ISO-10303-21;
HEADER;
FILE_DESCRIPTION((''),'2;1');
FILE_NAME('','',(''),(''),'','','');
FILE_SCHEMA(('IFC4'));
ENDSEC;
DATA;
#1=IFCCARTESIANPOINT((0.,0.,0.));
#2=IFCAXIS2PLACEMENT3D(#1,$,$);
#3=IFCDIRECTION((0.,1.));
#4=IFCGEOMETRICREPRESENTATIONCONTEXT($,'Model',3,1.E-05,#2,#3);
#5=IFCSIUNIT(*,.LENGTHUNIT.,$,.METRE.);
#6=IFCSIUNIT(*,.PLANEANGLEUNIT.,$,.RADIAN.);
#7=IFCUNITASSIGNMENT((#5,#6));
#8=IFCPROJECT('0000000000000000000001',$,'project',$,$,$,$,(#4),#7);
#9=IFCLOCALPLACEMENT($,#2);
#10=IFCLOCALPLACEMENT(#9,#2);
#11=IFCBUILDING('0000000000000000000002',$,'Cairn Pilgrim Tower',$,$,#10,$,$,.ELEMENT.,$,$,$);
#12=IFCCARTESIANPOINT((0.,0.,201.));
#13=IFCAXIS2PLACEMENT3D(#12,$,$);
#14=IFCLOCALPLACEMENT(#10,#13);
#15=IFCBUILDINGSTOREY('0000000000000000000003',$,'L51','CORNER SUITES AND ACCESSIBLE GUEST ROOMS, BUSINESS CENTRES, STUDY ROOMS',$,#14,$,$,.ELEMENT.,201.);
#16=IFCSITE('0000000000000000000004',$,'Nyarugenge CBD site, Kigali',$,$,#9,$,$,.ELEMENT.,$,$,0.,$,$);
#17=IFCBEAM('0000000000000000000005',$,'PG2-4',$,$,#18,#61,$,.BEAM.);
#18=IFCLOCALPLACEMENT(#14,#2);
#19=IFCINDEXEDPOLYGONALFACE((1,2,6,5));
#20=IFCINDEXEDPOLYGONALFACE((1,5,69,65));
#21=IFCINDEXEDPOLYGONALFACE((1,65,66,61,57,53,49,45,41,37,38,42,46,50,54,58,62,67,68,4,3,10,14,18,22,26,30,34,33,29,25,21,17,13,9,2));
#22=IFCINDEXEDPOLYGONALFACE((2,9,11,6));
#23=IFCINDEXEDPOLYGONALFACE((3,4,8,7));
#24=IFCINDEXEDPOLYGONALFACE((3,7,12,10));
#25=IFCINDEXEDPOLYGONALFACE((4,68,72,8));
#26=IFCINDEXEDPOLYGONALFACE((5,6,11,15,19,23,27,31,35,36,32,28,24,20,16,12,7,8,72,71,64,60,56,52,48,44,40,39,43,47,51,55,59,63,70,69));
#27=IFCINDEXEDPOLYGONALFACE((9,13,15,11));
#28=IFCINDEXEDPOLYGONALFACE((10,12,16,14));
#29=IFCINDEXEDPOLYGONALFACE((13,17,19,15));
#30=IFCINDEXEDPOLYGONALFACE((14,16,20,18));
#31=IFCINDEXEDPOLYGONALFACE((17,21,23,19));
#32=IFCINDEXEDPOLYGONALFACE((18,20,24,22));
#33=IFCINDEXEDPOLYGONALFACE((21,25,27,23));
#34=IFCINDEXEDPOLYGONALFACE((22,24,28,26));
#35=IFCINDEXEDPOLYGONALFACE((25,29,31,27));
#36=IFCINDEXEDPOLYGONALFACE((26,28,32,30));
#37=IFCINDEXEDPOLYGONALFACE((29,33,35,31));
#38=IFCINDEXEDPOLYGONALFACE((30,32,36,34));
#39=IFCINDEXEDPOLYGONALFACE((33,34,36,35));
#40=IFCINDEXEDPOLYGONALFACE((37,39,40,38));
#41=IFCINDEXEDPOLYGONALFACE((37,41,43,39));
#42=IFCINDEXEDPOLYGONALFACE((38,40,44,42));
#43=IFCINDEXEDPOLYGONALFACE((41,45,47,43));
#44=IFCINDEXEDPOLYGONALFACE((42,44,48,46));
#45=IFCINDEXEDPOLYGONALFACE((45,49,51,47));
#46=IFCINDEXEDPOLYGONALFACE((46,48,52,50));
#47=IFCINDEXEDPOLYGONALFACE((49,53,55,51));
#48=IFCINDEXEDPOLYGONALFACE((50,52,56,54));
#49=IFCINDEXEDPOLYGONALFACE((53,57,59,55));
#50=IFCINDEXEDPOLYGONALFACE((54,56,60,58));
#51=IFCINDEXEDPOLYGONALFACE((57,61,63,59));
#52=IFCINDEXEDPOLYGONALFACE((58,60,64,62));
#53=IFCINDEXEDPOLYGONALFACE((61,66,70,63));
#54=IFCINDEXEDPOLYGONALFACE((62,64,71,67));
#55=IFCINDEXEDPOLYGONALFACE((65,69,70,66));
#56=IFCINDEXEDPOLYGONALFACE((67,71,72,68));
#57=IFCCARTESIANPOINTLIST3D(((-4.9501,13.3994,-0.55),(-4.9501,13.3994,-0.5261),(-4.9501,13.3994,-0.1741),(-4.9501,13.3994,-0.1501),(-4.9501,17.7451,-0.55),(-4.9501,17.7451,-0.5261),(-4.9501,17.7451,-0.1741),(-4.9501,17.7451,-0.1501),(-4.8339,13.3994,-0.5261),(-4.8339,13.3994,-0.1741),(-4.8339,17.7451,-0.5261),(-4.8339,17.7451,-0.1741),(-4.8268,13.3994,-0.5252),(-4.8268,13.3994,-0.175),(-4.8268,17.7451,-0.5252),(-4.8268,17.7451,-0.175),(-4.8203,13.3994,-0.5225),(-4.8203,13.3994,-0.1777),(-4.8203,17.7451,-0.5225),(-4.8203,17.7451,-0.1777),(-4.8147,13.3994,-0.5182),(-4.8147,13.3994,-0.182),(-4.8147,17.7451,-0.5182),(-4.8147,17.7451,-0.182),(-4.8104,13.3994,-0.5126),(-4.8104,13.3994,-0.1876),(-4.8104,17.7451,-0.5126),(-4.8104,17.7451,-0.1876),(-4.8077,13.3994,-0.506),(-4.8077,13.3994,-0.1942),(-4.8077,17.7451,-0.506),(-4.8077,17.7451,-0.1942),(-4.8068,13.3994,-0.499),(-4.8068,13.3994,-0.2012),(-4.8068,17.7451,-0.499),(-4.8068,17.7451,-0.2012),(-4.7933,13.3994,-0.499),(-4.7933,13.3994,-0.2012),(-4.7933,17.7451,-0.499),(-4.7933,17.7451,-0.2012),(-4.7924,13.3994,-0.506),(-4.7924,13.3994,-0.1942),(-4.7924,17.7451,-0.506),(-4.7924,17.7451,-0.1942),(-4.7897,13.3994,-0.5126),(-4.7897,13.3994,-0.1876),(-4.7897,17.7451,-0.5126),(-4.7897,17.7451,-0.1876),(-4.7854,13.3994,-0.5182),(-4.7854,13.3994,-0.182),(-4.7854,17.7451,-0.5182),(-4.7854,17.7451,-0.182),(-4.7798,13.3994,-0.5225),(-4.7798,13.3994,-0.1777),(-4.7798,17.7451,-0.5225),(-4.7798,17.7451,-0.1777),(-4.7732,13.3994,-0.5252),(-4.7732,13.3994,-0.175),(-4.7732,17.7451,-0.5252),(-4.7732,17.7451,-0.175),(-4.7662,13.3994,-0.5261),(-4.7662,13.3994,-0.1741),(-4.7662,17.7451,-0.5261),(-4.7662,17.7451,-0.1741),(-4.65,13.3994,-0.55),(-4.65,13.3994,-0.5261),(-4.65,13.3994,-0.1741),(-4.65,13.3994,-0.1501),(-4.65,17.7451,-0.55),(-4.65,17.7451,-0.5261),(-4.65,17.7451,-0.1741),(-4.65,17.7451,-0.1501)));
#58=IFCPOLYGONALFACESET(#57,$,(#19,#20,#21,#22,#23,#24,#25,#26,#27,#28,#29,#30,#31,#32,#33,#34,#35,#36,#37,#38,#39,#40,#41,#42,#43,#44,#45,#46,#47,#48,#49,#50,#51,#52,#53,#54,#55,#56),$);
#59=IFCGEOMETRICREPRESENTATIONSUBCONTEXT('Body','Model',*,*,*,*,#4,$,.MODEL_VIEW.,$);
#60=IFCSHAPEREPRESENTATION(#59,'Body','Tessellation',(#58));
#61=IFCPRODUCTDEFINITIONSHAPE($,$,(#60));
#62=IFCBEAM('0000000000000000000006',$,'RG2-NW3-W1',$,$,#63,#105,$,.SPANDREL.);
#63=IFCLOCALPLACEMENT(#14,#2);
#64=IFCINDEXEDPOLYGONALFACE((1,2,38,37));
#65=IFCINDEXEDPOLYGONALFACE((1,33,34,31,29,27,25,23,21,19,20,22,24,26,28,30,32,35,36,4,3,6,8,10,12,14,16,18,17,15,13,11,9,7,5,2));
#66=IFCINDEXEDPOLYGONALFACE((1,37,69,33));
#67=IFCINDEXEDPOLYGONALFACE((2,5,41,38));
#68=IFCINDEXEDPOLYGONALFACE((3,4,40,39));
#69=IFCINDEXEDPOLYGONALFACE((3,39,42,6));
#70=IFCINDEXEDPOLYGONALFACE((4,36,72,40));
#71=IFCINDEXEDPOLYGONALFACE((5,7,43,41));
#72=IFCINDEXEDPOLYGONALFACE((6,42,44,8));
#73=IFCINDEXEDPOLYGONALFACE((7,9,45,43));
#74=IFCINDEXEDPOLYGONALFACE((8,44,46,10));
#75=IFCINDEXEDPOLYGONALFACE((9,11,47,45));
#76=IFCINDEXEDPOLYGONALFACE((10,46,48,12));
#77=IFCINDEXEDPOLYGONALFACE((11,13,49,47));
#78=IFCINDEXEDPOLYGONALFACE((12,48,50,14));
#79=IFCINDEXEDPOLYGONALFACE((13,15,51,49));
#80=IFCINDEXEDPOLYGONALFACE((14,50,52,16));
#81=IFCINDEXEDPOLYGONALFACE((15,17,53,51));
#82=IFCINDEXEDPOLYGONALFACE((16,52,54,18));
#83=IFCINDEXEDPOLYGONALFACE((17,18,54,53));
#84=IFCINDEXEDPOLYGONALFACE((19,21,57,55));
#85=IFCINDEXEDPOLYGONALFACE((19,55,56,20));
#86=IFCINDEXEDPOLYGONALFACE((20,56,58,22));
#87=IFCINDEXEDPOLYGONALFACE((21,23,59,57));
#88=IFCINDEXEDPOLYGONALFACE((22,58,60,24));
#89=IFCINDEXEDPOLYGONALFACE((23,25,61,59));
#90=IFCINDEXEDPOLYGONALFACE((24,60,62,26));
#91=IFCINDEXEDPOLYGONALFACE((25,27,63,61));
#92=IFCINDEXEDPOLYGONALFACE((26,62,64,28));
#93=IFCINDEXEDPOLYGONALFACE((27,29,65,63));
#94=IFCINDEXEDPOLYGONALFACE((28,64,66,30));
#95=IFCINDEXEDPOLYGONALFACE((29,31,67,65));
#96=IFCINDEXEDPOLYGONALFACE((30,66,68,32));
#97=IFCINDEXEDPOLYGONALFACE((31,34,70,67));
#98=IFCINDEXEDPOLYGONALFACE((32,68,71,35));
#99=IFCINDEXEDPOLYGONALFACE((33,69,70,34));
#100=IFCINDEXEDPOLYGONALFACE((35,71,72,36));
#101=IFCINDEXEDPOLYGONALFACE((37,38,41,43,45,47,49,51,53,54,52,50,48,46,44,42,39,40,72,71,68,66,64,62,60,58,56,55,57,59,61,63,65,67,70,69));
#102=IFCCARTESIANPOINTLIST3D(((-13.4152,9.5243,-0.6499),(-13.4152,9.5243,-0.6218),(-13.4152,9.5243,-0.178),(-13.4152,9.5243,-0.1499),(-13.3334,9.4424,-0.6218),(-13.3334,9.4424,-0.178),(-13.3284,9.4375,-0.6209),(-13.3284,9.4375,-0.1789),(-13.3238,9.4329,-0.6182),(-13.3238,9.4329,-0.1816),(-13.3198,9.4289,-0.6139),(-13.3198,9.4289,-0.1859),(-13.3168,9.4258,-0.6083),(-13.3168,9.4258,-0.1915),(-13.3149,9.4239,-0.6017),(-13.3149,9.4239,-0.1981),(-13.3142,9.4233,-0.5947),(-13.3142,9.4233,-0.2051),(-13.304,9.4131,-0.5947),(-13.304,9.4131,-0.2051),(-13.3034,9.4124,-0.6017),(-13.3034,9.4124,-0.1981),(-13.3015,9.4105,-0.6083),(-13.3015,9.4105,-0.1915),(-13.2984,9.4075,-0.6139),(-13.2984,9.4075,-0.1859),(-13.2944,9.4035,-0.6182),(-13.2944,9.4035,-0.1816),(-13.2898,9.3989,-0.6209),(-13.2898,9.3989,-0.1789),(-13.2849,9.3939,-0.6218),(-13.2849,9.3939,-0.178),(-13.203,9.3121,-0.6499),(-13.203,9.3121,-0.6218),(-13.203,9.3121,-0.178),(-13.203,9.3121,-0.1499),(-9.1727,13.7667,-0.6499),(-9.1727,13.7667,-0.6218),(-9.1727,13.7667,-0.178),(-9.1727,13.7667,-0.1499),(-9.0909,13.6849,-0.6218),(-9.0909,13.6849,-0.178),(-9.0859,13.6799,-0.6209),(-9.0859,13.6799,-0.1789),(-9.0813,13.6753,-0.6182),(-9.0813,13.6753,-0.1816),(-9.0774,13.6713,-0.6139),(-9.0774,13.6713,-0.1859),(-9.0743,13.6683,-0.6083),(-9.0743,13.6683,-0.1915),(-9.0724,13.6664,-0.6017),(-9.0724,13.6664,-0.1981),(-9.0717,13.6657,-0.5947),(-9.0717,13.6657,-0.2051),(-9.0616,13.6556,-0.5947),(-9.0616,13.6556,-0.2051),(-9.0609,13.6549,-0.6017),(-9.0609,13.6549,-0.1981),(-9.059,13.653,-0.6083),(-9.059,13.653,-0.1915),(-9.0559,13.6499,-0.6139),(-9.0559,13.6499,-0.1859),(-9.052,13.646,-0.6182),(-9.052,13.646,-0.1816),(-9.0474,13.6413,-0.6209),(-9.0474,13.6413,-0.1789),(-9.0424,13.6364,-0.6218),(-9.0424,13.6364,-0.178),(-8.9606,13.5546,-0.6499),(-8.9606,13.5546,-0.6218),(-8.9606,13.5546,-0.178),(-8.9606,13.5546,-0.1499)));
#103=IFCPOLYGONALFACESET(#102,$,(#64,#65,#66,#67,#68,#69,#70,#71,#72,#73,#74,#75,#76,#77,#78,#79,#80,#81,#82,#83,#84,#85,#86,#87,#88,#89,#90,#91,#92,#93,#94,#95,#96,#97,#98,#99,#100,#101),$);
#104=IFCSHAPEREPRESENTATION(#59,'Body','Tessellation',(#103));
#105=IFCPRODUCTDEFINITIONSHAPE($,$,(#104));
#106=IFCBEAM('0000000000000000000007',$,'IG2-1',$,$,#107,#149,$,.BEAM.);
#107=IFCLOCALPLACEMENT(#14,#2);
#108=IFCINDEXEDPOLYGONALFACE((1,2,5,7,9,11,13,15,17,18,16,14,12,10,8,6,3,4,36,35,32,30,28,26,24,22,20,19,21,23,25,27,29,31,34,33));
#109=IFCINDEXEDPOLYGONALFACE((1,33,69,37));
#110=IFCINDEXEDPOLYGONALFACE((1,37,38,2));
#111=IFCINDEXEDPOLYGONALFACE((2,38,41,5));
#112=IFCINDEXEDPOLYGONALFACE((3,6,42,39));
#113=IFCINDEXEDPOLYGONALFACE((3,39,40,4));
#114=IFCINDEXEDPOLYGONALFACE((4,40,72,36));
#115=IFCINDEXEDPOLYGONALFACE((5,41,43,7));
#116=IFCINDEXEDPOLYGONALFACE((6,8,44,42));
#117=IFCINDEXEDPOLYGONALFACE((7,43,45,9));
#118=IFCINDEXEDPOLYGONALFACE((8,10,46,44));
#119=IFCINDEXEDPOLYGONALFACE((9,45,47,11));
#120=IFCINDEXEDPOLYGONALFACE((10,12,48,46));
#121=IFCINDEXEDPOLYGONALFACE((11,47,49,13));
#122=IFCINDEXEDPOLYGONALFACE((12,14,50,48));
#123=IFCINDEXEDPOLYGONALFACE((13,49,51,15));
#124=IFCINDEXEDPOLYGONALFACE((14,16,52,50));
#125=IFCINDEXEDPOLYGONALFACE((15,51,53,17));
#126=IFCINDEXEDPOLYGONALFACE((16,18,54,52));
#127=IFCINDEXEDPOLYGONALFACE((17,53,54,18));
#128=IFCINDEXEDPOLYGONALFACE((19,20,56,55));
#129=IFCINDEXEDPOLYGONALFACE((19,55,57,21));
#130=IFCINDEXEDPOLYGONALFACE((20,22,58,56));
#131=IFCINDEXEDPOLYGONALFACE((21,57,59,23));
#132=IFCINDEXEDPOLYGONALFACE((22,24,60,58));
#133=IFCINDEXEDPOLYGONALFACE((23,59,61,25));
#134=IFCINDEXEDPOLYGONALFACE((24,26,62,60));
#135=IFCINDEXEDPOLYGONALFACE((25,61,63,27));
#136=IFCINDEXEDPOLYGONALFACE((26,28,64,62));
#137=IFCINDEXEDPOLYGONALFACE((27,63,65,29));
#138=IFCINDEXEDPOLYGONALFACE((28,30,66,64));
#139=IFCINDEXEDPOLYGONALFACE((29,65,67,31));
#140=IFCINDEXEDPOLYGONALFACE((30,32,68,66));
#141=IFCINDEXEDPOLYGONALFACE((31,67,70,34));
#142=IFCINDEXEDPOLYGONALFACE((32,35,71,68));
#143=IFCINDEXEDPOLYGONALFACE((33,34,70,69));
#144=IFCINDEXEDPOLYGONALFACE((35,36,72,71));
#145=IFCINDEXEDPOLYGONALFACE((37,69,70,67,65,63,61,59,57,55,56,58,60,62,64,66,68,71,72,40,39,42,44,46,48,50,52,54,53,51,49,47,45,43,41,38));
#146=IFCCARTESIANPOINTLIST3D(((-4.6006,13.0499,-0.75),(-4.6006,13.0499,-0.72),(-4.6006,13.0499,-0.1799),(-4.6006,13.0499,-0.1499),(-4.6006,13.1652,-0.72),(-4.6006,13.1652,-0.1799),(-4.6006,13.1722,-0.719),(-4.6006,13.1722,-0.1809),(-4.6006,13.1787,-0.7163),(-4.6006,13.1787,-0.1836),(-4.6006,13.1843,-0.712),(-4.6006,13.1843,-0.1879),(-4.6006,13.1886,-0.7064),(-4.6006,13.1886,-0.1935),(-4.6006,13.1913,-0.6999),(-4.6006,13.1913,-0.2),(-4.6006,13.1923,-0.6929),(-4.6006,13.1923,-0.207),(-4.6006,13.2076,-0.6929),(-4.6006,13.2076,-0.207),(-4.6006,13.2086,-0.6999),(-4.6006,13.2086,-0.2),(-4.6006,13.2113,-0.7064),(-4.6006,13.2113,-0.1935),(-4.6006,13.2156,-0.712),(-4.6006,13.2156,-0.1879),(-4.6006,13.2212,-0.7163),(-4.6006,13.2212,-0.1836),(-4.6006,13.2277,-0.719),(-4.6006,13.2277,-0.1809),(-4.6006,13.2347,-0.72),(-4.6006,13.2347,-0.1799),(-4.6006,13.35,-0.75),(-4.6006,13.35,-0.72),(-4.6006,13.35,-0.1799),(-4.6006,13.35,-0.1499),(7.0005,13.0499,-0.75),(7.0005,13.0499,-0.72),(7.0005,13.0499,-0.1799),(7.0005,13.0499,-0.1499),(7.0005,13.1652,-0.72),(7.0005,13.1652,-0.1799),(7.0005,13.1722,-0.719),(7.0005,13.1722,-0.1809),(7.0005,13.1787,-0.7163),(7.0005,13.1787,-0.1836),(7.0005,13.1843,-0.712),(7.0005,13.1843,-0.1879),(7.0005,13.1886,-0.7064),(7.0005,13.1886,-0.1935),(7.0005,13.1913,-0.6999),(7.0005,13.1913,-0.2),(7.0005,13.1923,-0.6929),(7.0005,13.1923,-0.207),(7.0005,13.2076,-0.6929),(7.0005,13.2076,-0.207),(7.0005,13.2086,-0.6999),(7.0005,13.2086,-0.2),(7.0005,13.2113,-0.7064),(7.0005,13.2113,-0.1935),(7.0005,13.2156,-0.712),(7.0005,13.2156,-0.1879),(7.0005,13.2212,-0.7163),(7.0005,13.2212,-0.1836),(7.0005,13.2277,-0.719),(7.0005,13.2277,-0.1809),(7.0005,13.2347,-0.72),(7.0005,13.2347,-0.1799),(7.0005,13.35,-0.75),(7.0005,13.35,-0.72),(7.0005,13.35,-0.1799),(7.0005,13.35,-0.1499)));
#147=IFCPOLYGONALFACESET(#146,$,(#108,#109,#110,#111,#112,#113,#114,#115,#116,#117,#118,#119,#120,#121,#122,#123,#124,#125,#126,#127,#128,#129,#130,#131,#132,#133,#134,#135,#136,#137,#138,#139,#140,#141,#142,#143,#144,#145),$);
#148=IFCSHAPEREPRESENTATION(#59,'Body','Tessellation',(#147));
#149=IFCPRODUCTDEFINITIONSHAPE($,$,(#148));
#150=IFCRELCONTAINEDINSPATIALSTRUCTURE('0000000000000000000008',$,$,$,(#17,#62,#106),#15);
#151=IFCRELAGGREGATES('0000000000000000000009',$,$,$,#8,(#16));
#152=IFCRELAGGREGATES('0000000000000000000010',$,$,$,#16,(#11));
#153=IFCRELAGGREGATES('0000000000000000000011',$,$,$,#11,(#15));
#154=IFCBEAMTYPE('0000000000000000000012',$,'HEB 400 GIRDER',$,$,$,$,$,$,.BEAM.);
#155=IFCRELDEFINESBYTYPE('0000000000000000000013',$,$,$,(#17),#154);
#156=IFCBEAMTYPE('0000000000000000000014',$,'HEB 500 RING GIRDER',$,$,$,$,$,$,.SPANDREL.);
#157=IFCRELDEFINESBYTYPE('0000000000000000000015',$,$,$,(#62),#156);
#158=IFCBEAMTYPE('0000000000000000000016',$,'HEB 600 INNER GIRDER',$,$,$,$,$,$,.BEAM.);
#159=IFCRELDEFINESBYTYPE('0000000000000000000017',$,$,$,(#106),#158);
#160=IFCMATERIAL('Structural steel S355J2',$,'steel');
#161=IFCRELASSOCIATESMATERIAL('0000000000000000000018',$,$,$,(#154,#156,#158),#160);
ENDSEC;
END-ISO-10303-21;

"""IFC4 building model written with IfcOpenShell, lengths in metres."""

from ifc_helpers import new_model, si_unit, direction, frame, origin, origin_2d, place, context, subcontext, project, spatial, i_section, extrude, material, material_profile, profile_set, type_object, element, save


model = new_model("IFC4")

# Units and contexts
model_context = context("Model", 3, precision=1e-05, world=origin(), true_north=direction((0.0, 1.0)))
body_context = subcontext(model_context, "Body", "Model", "MODEL_VIEW")
ifc_project = project(units=[si_unit("LENGTHUNIT", "METRE"), si_unit("PLANEANGLEUNIT", "RADIAN")], contexts=[model_context])

# Site, building, storey
site_placement = place(None, origin())
site = spatial("IfcSite", under=ifc_project, at=site_placement, Name="Nyarugenge CBD site, Kigali", CompositionType="ELEMENT", RefElevation=0.0)
building_placement = place(site_placement, origin())
building = spatial("IfcBuilding", under=site, at=building_placement, Name="Cairn Pilgrim Tower", CompositionType="ELEMENT")
storey_placement = place(building_placement, frame((0.0, 0.0, 201.0)))
storey = spatial("IfcBuildingStorey", under=building, at=storey_placement, Name="L51", Description="CORNER SUITES AND ACCESSIBLE GUEST ROOMS, BUSINESS CENTRES, STUDY ROOMS", CompositionType="ELEMENT", Elevation=201.0)

# Shared definitions
ifc_material_1 = material(Name="Structural steel S355J2", Category="steel")

# Beams
ifc_material_profile_1 = material_profile(ifc_material_1, i_section(OverallWidth=0.3, OverallDepth=0.3999, WebThickness=0.0134, FlangeThickness=0.0239, FilletRadius=0.0271, at=origin_2d()), Name="HEB 400")
ifc_profile_set_1 = profile_set([ifc_material_profile_1], Name="Structural steel S355J2")
beam_type_1 = type_object("IfcBeamType", Name="HEB 400 GIRDER", PredefinedType="BEAM", material=ifc_profile_set_1)
beam_1_placement = place(storey_placement, frame((-4.8, 13.3994, -0.3501), z_axis=(0.0, 1.0, 0.0), x_axis=(-1.0, 0.0, 0.0)))
element("IfcBeam", 1, at=beam_1_placement, inside=storey, type_object=beam_type_1, Name="PG2-4", PredefinedType="BEAM", context=body_context, shape_type="SweptSolid", body=[
    extrude(i_section(OverallWidth=0.3, OverallDepth=0.3999, WebThickness=0.0134, FlangeThickness=0.0239, FilletRadius=0.0271, at=origin_2d()), origin(), (0.0, 0.0, 1.0), 4.3457),
])
ifc_material_profile_2 = material_profile(ifc_material_1, i_section(OverallWidth=0.3, OverallDepth=0.5, WebThickness=0.0144, FlangeThickness=0.0281, FilletRadius=0.0271, at=origin_2d()), Name="HEB 500")
ifc_profile_set_2 = profile_set([ifc_material_profile_2], Name="Structural steel S355J2")
beam_type_2 = type_object("IfcBeamType", Name="HEB 500 RING GIRDER", PredefinedType="SPANDREL", material=ifc_profile_set_2)
beam_2_placement = place(storey_placement, frame((-9.0667, 13.6606, -0.3999), z_axis=(-0.707107, -0.707107, 0.0), x_axis=(0.707107, -0.707107, 0.0)))
element("IfcBeam", 2, at=beam_2_placement, inside=storey, type_object=beam_type_2, Name="RG2-NW3-W1", PredefinedType="SPANDREL", context=body_context, shape_type="SweptSolid", body=[
    extrude(i_section(OverallWidth=0.3, OverallDepth=0.5, WebThickness=0.0144, FlangeThickness=0.0281, FilletRadius=0.0271, at=origin_2d()), origin(), (0.0, 0.0, 1.0), 5.9998),
])
ifc_material_profile_3 = material_profile(ifc_material_1, i_section(OverallWidth=0.3, OverallDepth=0.6001, WebThickness=0.0154, FlangeThickness=0.03, FilletRadius=0.0271, at=origin_2d()), Name="HEB 600")
ifc_profile_set_3 = profile_set([ifc_material_profile_3], Name="Structural steel S355J2")
beam_type_3 = type_object("IfcBeamType", Name="HEB 600 INNER GIRDER", PredefinedType="BEAM", material=ifc_profile_set_3)
beam_3_placement = place(storey_placement, frame((-4.6006, 13.2, -0.45), z_axis=(1.0, 0.0, 0.0), x_axis=(0.0, 1.0, 0.0)))
element("IfcBeam", 3, at=beam_3_placement, inside=storey, type_object=beam_type_3, Name="IG2-1", PredefinedType="BEAM", context=body_context, shape_type="SweptSolid", body=[
    extrude(i_section(OverallWidth=0.3, OverallDepth=0.6001, WebThickness=0.0154, FlangeThickness=0.03, FilletRadius=0.0271, at=origin_2d()), origin(), (0.0, 0.0, 1.0), 11.6011),
])

save(model, "model.ifc")
